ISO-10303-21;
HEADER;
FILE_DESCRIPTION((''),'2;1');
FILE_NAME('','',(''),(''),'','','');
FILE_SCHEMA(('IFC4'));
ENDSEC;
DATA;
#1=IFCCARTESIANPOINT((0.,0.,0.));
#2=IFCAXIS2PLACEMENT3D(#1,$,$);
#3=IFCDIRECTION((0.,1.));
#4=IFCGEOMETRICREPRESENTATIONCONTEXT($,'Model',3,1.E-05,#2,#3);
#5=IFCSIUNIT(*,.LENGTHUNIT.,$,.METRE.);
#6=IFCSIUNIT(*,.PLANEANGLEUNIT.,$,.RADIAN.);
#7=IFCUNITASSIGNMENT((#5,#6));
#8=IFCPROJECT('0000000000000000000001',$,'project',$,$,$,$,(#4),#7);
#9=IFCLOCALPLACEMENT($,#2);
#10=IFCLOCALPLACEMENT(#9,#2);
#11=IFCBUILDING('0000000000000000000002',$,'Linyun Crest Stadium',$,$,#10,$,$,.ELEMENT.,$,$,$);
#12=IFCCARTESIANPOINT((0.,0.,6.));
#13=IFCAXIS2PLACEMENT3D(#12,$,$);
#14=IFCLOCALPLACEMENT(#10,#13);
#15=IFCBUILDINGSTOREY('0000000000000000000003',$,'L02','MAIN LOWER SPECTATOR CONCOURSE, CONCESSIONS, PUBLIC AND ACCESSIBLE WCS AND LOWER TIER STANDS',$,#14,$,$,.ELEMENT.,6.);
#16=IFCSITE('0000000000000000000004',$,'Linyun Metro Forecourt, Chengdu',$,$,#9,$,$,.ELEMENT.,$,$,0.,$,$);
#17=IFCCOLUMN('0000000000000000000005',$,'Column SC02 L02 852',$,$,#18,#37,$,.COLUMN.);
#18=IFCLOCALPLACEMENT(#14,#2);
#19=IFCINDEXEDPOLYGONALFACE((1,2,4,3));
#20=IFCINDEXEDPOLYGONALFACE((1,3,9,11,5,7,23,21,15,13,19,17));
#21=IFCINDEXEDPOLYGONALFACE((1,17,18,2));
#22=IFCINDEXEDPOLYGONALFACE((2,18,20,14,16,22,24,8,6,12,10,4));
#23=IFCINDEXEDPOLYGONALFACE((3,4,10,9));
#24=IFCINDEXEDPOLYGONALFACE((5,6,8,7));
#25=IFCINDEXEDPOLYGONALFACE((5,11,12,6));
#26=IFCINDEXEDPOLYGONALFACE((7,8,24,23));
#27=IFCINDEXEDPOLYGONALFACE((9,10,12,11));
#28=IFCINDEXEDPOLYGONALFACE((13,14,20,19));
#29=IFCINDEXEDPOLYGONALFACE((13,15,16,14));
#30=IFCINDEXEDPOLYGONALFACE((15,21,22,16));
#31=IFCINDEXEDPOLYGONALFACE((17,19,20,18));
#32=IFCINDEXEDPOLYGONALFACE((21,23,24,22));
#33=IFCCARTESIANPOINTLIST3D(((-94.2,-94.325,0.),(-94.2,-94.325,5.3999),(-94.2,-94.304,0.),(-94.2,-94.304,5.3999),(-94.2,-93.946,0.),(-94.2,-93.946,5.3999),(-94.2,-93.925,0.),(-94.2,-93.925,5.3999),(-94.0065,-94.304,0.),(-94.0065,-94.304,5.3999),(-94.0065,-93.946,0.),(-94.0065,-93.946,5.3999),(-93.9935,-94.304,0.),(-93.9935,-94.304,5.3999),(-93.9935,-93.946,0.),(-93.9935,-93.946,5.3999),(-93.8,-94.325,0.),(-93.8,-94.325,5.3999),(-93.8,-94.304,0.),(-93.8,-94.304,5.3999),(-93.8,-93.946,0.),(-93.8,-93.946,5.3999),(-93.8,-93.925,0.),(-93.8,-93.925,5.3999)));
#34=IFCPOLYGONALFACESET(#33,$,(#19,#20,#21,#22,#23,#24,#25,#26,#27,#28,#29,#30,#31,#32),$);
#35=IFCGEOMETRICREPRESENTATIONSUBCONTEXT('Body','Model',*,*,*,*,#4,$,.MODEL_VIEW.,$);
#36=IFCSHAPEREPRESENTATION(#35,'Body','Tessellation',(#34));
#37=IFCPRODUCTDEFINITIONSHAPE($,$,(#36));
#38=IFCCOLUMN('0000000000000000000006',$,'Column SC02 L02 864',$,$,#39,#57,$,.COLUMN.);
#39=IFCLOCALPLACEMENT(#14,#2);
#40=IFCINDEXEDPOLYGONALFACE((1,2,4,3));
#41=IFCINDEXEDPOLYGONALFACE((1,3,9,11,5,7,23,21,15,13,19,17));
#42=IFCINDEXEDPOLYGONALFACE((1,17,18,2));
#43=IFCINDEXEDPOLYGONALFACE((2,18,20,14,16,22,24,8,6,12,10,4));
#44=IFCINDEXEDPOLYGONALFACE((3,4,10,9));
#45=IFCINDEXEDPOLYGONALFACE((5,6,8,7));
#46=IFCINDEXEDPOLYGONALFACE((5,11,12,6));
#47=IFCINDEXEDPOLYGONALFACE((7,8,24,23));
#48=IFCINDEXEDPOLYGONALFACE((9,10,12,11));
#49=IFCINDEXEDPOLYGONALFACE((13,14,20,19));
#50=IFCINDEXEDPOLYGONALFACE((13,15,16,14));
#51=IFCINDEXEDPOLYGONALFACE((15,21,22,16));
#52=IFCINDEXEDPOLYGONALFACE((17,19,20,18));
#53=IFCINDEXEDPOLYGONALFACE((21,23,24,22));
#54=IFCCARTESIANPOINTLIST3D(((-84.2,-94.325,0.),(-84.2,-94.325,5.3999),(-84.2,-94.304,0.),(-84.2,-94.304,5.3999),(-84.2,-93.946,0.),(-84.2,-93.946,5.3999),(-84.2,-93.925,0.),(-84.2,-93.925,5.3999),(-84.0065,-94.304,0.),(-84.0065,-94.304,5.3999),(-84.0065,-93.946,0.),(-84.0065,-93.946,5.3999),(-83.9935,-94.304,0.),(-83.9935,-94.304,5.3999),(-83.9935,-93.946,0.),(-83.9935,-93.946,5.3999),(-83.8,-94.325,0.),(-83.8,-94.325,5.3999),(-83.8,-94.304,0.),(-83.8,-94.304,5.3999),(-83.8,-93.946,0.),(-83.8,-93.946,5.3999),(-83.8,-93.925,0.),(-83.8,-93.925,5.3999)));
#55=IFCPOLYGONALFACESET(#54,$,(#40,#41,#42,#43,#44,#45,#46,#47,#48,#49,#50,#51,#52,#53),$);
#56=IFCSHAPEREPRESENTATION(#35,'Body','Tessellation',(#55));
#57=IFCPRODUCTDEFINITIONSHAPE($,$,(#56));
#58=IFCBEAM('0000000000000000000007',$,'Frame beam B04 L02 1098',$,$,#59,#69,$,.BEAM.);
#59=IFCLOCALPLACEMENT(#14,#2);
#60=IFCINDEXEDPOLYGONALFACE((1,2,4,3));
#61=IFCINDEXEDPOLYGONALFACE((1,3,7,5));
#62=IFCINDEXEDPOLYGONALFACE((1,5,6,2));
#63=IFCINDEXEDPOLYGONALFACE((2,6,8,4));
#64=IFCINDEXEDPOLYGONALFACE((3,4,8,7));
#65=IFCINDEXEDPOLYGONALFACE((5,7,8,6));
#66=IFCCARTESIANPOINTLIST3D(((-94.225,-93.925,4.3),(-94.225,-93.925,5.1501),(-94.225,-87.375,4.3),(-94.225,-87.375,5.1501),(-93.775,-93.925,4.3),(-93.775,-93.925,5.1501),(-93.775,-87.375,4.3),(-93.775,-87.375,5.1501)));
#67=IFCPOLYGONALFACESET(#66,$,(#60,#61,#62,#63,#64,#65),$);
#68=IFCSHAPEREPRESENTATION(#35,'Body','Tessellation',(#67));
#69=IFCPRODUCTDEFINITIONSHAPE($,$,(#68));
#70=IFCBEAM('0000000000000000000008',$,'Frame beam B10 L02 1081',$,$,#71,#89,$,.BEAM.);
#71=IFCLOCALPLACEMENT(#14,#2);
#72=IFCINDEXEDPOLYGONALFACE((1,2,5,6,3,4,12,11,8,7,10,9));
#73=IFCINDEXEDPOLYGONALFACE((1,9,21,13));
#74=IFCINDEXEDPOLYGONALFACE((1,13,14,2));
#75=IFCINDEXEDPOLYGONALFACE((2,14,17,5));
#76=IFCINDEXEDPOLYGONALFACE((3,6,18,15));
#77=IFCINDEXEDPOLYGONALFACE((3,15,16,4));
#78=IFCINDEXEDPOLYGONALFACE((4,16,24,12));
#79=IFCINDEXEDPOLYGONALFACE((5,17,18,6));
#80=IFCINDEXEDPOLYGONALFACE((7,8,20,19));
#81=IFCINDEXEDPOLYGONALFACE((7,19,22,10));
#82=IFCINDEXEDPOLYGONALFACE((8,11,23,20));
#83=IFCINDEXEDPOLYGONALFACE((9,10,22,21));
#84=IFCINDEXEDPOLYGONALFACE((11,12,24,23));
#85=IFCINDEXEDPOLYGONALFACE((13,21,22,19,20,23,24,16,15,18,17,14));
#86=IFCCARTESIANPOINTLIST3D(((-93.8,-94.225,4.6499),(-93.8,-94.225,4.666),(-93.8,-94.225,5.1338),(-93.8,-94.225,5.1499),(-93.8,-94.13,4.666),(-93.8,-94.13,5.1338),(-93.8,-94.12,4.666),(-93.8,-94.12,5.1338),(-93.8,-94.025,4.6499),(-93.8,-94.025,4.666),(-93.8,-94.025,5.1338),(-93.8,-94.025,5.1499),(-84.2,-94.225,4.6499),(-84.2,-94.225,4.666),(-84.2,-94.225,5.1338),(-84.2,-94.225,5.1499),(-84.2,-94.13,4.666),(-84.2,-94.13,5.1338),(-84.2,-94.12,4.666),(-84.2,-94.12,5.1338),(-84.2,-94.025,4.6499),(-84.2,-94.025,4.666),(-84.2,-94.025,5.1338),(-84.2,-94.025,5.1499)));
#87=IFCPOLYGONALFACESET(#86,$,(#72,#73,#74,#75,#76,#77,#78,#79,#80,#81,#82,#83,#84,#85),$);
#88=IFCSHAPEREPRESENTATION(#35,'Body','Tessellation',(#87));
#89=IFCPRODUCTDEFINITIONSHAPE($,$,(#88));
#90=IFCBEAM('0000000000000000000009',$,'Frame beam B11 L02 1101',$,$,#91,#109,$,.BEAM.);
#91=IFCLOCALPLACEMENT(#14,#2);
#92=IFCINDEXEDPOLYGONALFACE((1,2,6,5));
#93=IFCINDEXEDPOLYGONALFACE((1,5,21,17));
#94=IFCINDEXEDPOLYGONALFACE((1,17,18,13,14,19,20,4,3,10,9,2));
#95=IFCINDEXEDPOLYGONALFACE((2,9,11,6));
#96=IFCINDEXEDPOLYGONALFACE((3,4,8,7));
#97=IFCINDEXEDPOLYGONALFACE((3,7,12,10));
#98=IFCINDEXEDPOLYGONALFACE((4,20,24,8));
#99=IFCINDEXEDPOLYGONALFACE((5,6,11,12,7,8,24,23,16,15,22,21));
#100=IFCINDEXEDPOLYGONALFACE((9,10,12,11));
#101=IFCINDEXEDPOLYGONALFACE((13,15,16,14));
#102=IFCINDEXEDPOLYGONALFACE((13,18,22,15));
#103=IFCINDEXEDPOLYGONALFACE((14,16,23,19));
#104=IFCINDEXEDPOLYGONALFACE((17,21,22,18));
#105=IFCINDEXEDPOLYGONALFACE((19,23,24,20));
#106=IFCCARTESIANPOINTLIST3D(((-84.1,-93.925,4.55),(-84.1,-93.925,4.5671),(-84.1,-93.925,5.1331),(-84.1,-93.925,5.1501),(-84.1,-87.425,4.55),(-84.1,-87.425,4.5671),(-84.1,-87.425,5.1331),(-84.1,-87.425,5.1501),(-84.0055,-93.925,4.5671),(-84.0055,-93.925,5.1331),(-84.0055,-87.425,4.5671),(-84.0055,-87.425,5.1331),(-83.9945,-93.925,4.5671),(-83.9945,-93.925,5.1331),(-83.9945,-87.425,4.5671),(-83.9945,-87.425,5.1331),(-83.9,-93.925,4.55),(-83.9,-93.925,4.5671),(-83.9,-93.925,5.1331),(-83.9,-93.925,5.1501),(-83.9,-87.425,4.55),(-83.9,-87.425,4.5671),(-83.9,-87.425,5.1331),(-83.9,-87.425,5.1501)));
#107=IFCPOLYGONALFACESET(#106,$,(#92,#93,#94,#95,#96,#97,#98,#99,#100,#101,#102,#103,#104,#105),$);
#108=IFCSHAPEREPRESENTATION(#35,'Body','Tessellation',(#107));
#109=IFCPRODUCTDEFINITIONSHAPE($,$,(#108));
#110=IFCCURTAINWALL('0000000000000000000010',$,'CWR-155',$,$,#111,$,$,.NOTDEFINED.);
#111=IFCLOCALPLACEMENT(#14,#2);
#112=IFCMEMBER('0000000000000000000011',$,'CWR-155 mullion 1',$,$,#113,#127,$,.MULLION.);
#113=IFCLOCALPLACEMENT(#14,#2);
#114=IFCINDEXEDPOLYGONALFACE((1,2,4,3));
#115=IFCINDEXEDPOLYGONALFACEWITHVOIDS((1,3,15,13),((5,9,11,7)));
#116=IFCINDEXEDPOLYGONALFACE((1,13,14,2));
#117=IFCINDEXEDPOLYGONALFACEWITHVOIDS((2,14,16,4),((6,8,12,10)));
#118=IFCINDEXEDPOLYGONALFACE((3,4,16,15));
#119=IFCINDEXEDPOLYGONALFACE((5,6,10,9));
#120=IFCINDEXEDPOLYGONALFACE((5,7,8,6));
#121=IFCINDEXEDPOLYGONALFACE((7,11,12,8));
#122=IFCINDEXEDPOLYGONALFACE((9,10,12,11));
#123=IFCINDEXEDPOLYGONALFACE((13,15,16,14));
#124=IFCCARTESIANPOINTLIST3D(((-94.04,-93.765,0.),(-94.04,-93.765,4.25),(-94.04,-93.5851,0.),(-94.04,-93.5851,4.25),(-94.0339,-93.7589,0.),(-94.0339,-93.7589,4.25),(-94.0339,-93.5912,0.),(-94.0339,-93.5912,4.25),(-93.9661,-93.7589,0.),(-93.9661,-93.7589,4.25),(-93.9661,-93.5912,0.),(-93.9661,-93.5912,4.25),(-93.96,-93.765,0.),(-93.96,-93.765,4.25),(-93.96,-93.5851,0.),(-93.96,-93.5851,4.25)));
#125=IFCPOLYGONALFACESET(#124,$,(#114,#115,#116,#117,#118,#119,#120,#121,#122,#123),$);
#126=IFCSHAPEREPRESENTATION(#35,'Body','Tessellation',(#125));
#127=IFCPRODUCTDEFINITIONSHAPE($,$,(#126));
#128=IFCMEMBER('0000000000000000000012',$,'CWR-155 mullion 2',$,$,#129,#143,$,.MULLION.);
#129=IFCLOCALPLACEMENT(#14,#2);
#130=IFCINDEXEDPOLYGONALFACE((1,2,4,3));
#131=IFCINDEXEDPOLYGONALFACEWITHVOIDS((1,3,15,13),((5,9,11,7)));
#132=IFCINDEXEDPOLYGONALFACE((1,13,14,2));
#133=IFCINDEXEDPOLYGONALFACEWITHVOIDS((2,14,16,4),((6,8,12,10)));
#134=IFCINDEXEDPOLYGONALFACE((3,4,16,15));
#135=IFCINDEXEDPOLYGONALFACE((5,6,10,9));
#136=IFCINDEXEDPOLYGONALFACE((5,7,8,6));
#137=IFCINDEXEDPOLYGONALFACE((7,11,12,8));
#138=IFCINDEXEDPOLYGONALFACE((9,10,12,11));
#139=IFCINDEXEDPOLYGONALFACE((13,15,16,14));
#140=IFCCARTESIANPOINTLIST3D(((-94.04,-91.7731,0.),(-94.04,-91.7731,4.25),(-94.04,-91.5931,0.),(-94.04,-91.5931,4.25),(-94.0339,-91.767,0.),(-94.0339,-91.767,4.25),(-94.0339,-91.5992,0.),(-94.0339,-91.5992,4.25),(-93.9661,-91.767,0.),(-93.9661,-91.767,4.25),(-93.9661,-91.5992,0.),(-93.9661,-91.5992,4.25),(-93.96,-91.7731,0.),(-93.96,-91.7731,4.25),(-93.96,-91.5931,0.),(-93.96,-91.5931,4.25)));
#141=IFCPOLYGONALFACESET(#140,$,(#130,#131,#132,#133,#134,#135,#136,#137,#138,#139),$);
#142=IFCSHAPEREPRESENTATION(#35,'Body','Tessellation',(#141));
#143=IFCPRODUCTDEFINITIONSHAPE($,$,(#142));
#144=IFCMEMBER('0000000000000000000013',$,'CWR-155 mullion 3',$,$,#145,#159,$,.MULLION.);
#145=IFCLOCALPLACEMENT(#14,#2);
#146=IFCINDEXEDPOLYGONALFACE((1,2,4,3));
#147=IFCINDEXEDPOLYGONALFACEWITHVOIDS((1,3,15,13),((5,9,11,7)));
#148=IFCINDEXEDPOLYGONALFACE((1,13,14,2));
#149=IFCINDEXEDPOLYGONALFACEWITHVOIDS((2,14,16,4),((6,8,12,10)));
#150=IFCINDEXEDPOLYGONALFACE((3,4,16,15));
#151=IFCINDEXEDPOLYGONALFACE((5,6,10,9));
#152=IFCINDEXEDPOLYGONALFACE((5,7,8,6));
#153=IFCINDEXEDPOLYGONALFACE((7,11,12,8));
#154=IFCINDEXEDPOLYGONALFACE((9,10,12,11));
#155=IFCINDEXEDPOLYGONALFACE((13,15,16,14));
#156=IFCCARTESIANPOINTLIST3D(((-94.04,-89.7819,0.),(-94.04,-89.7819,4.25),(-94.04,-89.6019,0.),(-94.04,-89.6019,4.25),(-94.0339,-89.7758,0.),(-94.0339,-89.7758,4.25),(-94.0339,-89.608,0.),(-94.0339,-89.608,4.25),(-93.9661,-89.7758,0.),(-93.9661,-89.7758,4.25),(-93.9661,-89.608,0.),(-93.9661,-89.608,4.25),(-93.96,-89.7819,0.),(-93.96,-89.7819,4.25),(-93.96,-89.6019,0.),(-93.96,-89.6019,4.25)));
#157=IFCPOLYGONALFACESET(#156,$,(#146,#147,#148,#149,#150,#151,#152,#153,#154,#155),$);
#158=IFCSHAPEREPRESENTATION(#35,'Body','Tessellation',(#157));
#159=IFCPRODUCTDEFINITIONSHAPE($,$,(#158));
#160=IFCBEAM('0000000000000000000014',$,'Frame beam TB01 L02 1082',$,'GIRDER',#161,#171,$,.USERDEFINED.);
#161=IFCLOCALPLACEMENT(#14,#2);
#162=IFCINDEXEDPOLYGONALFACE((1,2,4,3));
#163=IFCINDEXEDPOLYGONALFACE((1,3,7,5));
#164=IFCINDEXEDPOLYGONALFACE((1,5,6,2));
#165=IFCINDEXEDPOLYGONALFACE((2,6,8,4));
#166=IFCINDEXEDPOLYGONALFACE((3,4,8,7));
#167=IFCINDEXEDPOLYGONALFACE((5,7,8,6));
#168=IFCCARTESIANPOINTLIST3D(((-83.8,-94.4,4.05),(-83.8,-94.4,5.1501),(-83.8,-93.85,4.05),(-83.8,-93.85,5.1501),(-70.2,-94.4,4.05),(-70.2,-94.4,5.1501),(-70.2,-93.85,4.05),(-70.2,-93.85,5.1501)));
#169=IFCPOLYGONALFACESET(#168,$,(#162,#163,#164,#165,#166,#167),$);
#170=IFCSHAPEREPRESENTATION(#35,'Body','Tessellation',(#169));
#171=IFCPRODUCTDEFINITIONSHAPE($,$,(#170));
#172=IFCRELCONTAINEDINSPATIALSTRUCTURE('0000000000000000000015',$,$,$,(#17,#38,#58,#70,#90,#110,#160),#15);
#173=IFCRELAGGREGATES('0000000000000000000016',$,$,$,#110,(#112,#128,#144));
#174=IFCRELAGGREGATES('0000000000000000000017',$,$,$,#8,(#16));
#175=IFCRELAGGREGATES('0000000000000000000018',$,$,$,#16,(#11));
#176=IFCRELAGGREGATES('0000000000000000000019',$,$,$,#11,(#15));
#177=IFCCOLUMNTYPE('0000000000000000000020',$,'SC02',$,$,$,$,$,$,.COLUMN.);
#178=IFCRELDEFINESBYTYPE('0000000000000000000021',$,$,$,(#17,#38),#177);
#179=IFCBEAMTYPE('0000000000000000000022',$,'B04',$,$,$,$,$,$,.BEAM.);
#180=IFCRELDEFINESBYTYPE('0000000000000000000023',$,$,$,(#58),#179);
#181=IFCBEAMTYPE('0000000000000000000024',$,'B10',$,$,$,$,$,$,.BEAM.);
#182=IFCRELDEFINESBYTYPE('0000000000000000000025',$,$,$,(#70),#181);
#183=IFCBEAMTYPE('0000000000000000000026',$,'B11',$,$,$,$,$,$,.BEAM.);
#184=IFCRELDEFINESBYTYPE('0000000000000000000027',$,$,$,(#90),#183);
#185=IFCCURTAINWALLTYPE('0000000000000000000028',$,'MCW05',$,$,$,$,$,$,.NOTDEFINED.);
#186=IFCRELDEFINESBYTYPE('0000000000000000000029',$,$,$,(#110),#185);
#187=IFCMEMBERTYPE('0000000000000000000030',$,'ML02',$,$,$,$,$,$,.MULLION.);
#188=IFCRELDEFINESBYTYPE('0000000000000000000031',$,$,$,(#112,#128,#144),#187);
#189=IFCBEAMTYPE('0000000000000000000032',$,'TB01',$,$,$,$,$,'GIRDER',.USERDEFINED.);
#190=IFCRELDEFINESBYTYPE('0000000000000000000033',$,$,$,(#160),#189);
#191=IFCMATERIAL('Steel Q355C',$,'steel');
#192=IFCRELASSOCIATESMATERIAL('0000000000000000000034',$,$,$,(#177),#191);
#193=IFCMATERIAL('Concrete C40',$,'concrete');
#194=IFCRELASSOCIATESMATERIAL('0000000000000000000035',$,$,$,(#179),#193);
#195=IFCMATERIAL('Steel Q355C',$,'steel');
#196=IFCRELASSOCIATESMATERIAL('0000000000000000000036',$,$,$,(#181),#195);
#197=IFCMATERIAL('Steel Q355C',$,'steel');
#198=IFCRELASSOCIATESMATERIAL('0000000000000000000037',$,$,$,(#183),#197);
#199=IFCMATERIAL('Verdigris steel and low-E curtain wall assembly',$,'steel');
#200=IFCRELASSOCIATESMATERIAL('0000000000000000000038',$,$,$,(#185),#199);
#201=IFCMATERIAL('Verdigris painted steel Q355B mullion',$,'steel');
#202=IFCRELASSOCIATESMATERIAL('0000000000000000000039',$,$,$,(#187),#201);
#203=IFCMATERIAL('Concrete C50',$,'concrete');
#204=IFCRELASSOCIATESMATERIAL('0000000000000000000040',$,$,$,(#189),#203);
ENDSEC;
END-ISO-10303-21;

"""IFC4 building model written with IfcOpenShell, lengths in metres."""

from ifc_helpers import new_model, si_unit, direction, frame, origin, origin_2d, place, context, subcontext, project, spatial, rectangle, hollow_rectangle, i_section, extrude, material, material_profile, profile_set, type_object, element, aggregate, save


model = new_model("IFC4")

# Units and contexts
model_context = context("Model", 3, precision=1e-05, world=origin(), true_north=direction((0.0, 1.0)))
body_context = subcontext(model_context, "Body", "Model", "MODEL_VIEW")
ifc_project = project(units=[si_unit("LENGTHUNIT", "METRE"), si_unit("PLANEANGLEUNIT", "RADIAN")], contexts=[model_context])

# Site, building, storey
site_placement = place(None, origin())
site = spatial("IfcSite", under=ifc_project, at=site_placement, Name="Linyun Metro Forecourt, Chengdu", CompositionType="ELEMENT", RefElevation=0.0)
building_placement = place(site_placement, origin())
building = spatial("IfcBuilding", under=site, at=building_placement, Name="Linyun Crest Stadium", CompositionType="ELEMENT")
storey_placement = place(building_placement, frame((0.0, 0.0, 6.0)))
storey = spatial("IfcBuildingStorey", under=building, at=storey_placement, Name="L02", Description="MAIN LOWER SPECTATOR CONCOURSE, CONCESSIONS, PUBLIC AND ACCESSIBLE WCS AND LOWER TIER STANDS", CompositionType="ELEMENT", Elevation=6.0)

# Columns
ifc_material_1 = material(Name="Steel Q355C", Category="steel")
ifc_material_profile_1 = material_profile(ifc_material_1, i_section(OverallWidth=0.3999, OverallDepth=0.3999, WebThickness=0.0129, FlangeThickness=0.021, at=origin_2d()), Name="HW 400x400")
ifc_profile_set_1 = profile_set([ifc_material_profile_1], Name="Steel Q355C")
column_type = type_object("IfcColumnType", Name="SC02", PredefinedType="COLUMN", material=ifc_profile_set_1)
for number, where, z_axis, x_axis, name in (
    (1, (-94.0, -94.125, 0.0), (0.0, 0.0, 1.0), (1.0, 0.0, 0.0), "Column SC02 L02 852"),
    (2, (-84.0, -94.125, 0.0), (0.0, 0.0, 1.0), (1.0, 0.0, 0.0), "Column SC02 L02 864"),
):
    element("IfcColumn", number, at=place(storey_placement, frame(where, z_axis=z_axis, x_axis=x_axis)), inside=storey, type_object=column_type, Name=name, PredefinedType="COLUMN", context=body_context, shape_type="SweptSolid", body=[
        extrude(i_section(OverallWidth=0.3999, OverallDepth=0.3999, WebThickness=0.0129, FlangeThickness=0.021, at=origin_2d()), origin(), (0.0, 0.0, 1.0), 5.3999),
    ])

# Beams
ifc_material_2 = material(Name="Concrete C40", Category="concrete")
ifc_material_profile_2 = material_profile(ifc_material_2, rectangle(XDim=0.45, YDim=0.8501, at=origin_2d()), Name="RCB 850x450")
ifc_profile_set_2 = profile_set([ifc_material_profile_2], Name="Concrete C40")
beam_type_1 = type_object("IfcBeamType", Name="B04", PredefinedType="BEAM", material=ifc_profile_set_2)
beam_1_placement = place(storey_placement, frame((-94.0, -93.925, 4.7251), z_axis=(0.0, 1.0, 0.0), x_axis=(-1.0, 0.0, 0.0)))
element("IfcBeam", 3, at=beam_1_placement, inside=storey, type_object=beam_type_1, Name="Frame beam B04 L02 1098", PredefinedType="BEAM", context=body_context, shape_type="SweptSolid", body=[
    extrude(rectangle(XDim=0.45, YDim=0.8501, at=origin_2d()), origin(), (0.0, 0.0, 1.0), 6.55),
])
ifc_material_3 = material(Name="Steel Q355C", Category="steel")
ifc_material_profile_3 = material_profile(ifc_material_3, i_section(OverallWidth=0.2, OverallDepth=0.5, WebThickness=0.01, FlangeThickness=0.0161, at=origin_2d()), Name="HN 500x200")
ifc_profile_set_3 = profile_set([ifc_material_profile_3], Name="Steel Q355C")
beam_type_2 = type_object("IfcBeamType", Name="B10", PredefinedType="BEAM", material=ifc_profile_set_3)
beam_2_placement = place(storey_placement, frame((-93.8, -94.125, 4.8999), z_axis=(1.0, 0.0, 0.0), x_axis=(0.0, 1.0, 0.0)))
element("IfcBeam", 4, at=beam_2_placement, inside=storey, type_object=beam_type_2, Name="Frame beam B10 L02 1081", PredefinedType="BEAM", context=body_context, shape_type="SweptSolid", body=[
    extrude(i_section(OverallWidth=0.2, OverallDepth=0.5, WebThickness=0.01, FlangeThickness=0.0161, at=origin_2d()), origin(), (0.0, 0.0, 1.0), 9.6001),
])
ifc_material_4 = material(Name="Steel Q355C", Category="steel")
ifc_material_profile_4 = material_profile(ifc_material_4, i_section(OverallWidth=0.2, OverallDepth=0.6001, WebThickness=0.011, FlangeThickness=0.0171, at=origin_2d()), Name="HN 600x200")
ifc_profile_set_4 = profile_set([ifc_material_profile_4], Name="Steel Q355C")
beam_type_3 = type_object("IfcBeamType", Name="B11", PredefinedType="BEAM", material=ifc_profile_set_4)
beam_3_placement = place(storey_placement, frame((-84.0, -93.925, 4.8501), z_axis=(0.0, 1.0, 0.0), x_axis=(-1.0, 0.0, 0.0)))
element("IfcBeam", 5, at=beam_3_placement, inside=storey, type_object=beam_type_3, Name="Frame beam B11 L02 1101", PredefinedType="BEAM", context=body_context, shape_type="SweptSolid", body=[
    extrude(i_section(OverallWidth=0.2, OverallDepth=0.6001, WebThickness=0.011, FlangeThickness=0.0171, at=origin_2d()), origin(), (0.0, 0.0, 1.0), 6.5),
])

# Curtain wall, members
ifc_material_5 = material(Name="Verdigris steel and low-E curtain wall assembly", Category="steel")
curtain_wall_type = type_object("IfcCurtainWallType", Name="MCW05", PredefinedType="NOTDEFINED", material=ifc_material_5)
curtain_wall_placement = place(storey_placement, origin())
curtain_wall = element("IfcCurtainWall", 6, at=curtain_wall_placement, inside=storey, type_object=curtain_wall_type, Name="CWR-155", PredefinedType="NOTDEFINED")
ifc_material_6 = material(Name="Verdigris painted steel Q355B mullion", Category="steel")
ifc_material_profile_5 = material_profile(ifc_material_6, hollow_rectangle(XDim=0.0801, YDim=0.1799, WallThickness=0.0061, at=origin_2d()), Name="RHS 180x80x6")
ifc_profile_set_5 = profile_set([ifc_material_profile_5], Name="Verdigris painted steel Q355B mullion")
member_type_1 = type_object("IfcMemberType", Name="ML02", PredefinedType="MULLION", material=ifc_profile_set_5)
member_1_placement = place(storey_placement, frame((-94.0, -93.675, 0.0), z_axis=(0.0, 0.0, 1.0), x_axis=(-1.0, 0.0, 0.0)))
member_1 = element("IfcMember", 7, at=member_1_placement, type_object=member_type_1, Name="CWR-155 mullion 1", PredefinedType="MULLION", context=body_context, shape_type="SweptSolid", body=[
    extrude(hollow_rectangle(XDim=0.0801, YDim=0.1799, WallThickness=0.0061, at=origin_2d()), origin(), (0.0, 0.0, 1.0), 4.25),
])
member_2_placement = place(storey_placement, frame((-94.0, -91.6831, 0.0), z_axis=(0.0, 0.0, 1.0), x_axis=(-1.0, 0.0, 0.0)))
member_2 = element("IfcMember", 8, at=member_2_placement, type_object=member_type_1, Name="CWR-155 mullion 2", PredefinedType="MULLION", context=body_context, shape_type="SweptSolid", body=[
    extrude(hollow_rectangle(XDim=0.0801, YDim=0.1799, WallThickness=0.0061, at=origin_2d()), origin(), (0.0, 0.0, 1.0), 4.25),
])
member_3_placement = place(storey_placement, frame((-94.0, -89.6919, 0.0), z_axis=(0.0, 0.0, 1.0), x_axis=(-1.0, 0.0, 0.0)))
member_3 = element("IfcMember", 9, at=member_3_placement, type_object=member_type_1, Name="CWR-155 mullion 3", PredefinedType="MULLION", context=body_context, shape_type="SweptSolid", body=[
    extrude(hollow_rectangle(XDim=0.0801, YDim=0.1799, WallThickness=0.0061, at=origin_2d()), origin(), (0.0, 0.0, 1.0), 4.25),
])

# Beam
ifc_material_7 = material(Name="Concrete C50", Category="concrete")
ifc_material_profile_6 = material_profile(ifc_material_7, rectangle(XDim=0.55, YDim=1.1001, at=origin_2d()), Name="RCB 1100x550")
ifc_profile_set_6 = profile_set([ifc_material_profile_6], Name="Concrete C50")
beam_type_4 = type_object("IfcBeamType", Name="TB01", ElementType="GIRDER", PredefinedType="USERDEFINED", material=ifc_profile_set_6)
beam_4_placement = place(storey_placement, frame((-83.8, -94.125, 4.6001), z_axis=(1.0, 0.0, 0.0), x_axis=(0.0, 1.0, 0.0)))
element("IfcBeam", 10, at=beam_4_placement, inside=storey, type_object=beam_type_4, Name="Frame beam TB01 L02 1082", ObjectType="GIRDER", PredefinedType="USERDEFINED", context=body_context, shape_type="SweptSolid", body=[
    extrude(rectangle(XDim=0.55, YDim=1.1001, at=origin_2d()), origin(), (0.0, 0.0, 1.0), 13.6001),
])

aggregate(curtain_wall, [member_1, member_2, member_3])

save(model, "model.ifc")
